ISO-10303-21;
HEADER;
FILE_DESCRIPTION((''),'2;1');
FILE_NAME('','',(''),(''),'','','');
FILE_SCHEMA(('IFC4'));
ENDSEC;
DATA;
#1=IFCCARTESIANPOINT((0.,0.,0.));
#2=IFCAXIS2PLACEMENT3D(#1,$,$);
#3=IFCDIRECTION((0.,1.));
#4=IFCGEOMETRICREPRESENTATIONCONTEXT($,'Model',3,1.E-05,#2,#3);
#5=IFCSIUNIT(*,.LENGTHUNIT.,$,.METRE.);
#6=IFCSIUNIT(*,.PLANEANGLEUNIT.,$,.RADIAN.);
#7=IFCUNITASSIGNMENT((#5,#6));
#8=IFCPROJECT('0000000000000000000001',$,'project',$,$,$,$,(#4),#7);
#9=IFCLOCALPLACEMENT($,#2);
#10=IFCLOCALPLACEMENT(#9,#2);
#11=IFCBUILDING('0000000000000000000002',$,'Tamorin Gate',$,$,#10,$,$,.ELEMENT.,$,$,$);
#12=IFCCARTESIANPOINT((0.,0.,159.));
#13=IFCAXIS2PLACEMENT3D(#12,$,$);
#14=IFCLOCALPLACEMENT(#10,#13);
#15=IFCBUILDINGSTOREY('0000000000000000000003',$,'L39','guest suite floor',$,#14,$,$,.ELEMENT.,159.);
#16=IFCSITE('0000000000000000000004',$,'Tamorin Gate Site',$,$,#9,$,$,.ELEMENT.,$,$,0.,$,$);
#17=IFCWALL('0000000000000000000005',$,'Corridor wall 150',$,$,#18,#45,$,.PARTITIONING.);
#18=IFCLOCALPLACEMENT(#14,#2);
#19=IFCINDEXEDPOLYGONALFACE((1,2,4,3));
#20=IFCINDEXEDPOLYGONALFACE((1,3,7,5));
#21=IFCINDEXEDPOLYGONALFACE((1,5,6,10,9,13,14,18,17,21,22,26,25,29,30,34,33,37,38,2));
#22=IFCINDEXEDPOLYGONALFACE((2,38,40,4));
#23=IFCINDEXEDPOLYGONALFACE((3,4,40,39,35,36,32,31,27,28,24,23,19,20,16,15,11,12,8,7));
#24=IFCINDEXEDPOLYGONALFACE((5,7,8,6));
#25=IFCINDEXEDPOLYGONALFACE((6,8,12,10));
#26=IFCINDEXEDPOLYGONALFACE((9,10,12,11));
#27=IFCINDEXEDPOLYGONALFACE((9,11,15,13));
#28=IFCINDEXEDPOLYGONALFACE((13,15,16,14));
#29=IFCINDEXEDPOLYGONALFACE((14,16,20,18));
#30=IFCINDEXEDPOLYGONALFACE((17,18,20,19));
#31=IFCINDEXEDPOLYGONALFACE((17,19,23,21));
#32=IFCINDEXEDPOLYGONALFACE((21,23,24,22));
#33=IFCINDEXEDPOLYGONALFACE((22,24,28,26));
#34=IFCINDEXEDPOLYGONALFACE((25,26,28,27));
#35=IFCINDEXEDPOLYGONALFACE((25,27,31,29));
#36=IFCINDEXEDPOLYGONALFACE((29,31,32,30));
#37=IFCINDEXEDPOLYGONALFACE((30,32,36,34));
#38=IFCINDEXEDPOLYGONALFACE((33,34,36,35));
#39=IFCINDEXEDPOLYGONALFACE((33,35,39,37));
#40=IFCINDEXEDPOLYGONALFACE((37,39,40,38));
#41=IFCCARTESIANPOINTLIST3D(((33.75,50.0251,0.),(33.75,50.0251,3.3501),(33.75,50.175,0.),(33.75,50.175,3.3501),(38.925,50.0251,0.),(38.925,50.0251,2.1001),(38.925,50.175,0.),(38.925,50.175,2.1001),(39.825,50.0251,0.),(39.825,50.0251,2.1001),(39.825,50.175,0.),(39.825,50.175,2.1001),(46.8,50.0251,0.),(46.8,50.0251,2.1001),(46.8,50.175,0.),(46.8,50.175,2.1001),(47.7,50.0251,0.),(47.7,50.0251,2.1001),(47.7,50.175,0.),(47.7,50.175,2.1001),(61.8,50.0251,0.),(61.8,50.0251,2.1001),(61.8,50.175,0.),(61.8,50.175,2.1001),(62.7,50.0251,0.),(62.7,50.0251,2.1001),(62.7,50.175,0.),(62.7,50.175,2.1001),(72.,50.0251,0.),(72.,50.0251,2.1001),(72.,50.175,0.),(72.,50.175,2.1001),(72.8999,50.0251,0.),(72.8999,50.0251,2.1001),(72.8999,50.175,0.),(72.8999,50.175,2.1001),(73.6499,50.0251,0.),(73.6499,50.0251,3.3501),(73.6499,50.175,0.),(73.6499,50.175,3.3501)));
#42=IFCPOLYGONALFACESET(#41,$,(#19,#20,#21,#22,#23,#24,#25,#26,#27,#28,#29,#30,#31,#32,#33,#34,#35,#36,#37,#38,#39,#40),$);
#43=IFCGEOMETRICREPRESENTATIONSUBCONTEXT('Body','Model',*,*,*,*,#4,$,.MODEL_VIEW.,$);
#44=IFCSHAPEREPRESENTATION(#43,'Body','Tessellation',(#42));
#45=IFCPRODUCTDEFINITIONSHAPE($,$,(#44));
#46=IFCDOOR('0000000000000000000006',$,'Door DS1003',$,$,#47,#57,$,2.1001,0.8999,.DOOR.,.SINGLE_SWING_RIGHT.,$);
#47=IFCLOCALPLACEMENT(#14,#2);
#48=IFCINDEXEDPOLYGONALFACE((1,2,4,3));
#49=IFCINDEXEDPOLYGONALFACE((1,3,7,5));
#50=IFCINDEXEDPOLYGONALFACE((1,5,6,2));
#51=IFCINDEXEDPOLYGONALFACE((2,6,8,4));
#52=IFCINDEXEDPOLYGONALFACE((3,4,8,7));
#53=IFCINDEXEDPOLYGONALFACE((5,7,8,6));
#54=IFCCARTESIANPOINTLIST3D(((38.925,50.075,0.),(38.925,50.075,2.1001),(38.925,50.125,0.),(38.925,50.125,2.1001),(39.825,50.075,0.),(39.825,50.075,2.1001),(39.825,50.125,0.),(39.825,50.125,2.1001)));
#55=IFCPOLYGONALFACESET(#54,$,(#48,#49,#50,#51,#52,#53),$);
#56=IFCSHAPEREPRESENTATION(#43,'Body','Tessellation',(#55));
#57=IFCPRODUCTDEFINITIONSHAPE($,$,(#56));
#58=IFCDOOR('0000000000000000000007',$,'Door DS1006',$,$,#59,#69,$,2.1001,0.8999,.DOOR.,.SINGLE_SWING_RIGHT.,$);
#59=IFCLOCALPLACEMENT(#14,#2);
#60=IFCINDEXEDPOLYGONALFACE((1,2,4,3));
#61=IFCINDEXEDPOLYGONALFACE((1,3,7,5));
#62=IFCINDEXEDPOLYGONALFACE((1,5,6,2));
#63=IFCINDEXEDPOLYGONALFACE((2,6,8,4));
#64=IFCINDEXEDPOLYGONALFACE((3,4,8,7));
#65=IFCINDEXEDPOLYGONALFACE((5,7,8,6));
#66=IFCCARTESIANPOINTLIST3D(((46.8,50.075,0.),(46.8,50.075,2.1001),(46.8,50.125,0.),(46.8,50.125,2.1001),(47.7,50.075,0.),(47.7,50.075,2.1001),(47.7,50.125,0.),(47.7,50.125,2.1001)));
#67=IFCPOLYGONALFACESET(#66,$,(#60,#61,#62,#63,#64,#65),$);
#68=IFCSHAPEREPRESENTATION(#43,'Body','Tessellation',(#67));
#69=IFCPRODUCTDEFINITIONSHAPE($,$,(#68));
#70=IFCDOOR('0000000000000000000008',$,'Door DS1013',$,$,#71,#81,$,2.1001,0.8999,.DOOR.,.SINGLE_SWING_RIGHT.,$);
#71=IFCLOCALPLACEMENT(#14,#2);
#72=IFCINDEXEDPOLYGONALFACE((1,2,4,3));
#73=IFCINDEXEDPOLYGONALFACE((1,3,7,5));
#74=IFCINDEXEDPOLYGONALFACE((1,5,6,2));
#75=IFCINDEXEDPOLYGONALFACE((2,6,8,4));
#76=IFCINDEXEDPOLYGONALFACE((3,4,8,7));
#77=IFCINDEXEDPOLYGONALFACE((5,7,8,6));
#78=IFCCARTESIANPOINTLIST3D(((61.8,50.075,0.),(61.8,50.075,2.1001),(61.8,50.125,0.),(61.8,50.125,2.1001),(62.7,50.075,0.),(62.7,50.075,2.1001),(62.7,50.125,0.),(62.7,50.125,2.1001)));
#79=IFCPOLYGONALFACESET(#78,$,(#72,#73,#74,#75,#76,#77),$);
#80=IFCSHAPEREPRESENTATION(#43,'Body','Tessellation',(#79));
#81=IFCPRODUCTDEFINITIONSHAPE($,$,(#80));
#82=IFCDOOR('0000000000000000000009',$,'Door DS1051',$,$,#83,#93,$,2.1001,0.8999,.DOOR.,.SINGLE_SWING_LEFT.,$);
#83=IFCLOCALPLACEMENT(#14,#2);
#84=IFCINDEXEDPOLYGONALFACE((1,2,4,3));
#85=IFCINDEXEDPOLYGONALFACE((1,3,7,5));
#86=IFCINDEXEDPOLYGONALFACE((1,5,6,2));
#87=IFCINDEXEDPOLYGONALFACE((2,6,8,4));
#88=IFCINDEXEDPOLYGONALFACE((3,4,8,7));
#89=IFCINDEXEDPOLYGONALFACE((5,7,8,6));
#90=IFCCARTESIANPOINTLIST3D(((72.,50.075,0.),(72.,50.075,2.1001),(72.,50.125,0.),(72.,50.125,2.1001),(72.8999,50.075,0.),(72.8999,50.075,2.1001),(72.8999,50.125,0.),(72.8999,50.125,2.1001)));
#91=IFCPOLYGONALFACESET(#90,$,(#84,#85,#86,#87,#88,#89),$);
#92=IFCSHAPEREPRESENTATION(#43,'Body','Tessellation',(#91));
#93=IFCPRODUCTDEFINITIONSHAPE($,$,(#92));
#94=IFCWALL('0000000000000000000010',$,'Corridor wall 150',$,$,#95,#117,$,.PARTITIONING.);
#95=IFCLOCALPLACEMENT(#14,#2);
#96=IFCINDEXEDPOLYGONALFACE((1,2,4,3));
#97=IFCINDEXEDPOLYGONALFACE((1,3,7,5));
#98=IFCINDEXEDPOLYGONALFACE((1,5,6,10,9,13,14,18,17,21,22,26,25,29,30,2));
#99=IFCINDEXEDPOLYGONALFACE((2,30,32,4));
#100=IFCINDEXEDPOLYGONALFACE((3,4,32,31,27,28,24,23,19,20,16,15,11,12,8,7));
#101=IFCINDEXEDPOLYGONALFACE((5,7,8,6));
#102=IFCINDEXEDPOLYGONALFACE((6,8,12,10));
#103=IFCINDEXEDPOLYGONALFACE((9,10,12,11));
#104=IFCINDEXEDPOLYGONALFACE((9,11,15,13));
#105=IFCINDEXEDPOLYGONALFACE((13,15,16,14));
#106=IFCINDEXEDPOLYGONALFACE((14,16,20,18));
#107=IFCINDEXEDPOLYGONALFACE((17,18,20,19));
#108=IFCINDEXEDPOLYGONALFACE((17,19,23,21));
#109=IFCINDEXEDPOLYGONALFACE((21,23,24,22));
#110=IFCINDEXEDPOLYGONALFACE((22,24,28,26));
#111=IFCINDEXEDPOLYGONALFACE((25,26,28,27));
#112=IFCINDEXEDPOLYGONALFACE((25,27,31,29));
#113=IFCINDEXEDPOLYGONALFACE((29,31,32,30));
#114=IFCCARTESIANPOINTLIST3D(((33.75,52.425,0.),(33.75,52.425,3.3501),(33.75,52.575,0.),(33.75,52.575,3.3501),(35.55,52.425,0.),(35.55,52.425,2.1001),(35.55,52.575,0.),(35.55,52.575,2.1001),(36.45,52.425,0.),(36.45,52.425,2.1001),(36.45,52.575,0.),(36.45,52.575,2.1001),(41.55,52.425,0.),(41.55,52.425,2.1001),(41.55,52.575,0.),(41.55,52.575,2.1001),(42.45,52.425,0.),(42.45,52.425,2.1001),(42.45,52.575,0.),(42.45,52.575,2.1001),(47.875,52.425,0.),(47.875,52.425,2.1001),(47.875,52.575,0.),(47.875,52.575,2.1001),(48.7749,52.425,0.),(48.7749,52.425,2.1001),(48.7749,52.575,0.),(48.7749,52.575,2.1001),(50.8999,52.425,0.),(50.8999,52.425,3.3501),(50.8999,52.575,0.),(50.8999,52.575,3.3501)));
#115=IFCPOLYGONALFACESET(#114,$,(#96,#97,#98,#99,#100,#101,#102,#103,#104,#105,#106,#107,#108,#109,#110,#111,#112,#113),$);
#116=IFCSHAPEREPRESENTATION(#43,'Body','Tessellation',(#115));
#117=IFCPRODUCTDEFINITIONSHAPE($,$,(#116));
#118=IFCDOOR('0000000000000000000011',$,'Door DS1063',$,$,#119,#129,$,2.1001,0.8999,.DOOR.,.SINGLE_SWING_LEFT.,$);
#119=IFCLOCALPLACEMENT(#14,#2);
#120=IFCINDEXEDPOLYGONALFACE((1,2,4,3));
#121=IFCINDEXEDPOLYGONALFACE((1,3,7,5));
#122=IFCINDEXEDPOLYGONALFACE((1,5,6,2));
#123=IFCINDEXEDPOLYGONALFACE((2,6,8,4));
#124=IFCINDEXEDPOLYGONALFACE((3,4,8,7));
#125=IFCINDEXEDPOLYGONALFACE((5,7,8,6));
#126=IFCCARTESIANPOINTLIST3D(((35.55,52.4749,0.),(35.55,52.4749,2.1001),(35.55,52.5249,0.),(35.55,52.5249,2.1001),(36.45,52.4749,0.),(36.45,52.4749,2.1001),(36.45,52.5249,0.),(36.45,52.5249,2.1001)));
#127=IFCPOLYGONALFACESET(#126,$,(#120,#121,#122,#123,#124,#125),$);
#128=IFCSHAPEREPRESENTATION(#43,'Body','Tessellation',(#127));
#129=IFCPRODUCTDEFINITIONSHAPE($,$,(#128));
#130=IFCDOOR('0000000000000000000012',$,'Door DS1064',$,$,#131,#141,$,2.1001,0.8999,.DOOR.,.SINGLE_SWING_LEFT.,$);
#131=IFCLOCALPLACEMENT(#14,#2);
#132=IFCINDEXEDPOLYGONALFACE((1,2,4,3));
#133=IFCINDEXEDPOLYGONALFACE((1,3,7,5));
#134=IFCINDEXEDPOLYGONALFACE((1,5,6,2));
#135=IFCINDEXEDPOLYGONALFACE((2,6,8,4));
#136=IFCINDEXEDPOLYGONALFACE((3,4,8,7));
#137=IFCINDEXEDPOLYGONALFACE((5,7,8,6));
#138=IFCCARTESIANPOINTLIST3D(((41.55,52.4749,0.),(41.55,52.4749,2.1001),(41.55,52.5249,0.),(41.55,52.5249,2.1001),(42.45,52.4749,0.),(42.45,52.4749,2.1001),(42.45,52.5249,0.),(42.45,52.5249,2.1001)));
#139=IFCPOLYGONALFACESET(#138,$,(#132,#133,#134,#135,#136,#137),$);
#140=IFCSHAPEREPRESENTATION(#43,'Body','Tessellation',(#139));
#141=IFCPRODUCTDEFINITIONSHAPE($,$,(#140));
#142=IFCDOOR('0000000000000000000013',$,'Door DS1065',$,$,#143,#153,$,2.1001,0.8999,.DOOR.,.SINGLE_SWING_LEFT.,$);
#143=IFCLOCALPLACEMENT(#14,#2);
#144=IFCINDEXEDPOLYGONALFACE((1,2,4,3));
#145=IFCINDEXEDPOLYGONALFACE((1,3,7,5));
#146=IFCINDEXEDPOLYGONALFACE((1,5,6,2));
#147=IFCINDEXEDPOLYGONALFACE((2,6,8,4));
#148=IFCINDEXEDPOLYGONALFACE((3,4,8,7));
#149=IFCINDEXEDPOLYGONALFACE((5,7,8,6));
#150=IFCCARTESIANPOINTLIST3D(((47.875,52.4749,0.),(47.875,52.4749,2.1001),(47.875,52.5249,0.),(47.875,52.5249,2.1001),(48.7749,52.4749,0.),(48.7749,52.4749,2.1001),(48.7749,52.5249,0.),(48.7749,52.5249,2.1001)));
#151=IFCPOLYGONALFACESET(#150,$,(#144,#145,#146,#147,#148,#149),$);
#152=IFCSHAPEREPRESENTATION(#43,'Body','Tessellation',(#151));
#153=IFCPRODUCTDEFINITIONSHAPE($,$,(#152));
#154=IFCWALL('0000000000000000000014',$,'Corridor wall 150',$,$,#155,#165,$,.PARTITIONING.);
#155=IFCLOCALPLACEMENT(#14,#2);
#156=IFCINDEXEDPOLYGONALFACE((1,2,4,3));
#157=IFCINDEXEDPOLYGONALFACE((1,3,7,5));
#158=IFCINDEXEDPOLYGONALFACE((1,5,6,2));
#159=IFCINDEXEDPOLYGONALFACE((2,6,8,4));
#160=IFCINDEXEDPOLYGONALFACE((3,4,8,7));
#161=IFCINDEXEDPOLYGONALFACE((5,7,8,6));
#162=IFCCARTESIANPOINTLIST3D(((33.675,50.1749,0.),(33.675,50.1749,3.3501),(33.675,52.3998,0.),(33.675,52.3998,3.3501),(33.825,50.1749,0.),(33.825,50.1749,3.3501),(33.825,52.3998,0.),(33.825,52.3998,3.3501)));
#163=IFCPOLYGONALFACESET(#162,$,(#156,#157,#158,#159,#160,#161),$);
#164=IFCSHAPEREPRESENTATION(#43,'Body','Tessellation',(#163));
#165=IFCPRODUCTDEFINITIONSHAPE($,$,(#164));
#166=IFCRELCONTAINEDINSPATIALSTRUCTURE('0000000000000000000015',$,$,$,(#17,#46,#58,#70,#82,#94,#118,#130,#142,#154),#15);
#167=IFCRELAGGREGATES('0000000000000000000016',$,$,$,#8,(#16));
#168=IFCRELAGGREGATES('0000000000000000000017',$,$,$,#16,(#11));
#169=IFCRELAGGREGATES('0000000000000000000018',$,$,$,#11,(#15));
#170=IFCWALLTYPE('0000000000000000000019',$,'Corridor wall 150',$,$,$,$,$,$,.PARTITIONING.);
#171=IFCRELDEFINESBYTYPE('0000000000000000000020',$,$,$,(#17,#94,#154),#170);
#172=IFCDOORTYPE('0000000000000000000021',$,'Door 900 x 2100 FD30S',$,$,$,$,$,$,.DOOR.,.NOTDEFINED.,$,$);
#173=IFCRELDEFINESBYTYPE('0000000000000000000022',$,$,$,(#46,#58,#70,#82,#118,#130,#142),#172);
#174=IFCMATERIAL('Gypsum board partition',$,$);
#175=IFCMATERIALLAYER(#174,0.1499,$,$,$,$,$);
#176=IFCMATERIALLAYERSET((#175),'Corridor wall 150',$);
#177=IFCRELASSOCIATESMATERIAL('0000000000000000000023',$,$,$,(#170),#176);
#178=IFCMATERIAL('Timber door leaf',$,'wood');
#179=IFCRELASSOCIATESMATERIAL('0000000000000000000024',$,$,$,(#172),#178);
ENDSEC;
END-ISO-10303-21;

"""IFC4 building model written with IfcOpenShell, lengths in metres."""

from ifc_helpers import new_model, si_unit, direction, frame, frame_2d, origin, place, context, subcontext, project, spatial, rectangle, extrude, material, layer, layer_set, type_object, element, fill, save


model = new_model("IFC4")

# Units and contexts
model_context = context("Model", 3, precision=1e-05, world=origin(), true_north=direction((0.0, 1.0)))
body_context = subcontext(model_context, "Body", "Model", "MODEL_VIEW")
ifc_project = project(units=[si_unit("LENGTHUNIT", "METRE"), si_unit("PLANEANGLEUNIT", "RADIAN")], contexts=[model_context])

# Site, building, storey
site_placement = place(None, origin())
site = spatial("IfcSite", under=ifc_project, at=site_placement, Name="Tamorin Gate Site", CompositionType="ELEMENT", RefElevation=0.0)
building_placement = place(site_placement, origin())
building = spatial("IfcBuilding", under=site, at=building_placement, Name="Tamorin Gate", CompositionType="ELEMENT")
storey_placement = place(building_placement, frame((0.0, 0.0, 159.0)))
storey = spatial("IfcBuildingStorey", under=building, at=storey_placement, Name="L39", Description="guest suite floor", CompositionType="ELEMENT", Elevation=159.0)

# Walls, openings, doors
ifc_material_1 = material(Name="Gypsum board partition")
ifc_layer_1 = layer(ifc_material_1, 0.1499)
ifc_layer_set_1 = layer_set([ifc_layer_1], Name="Corridor wall 150")
wall_type_1 = type_object("IfcWallType", Name="Corridor wall 150", PredefinedType="PARTITIONING", material=ifc_layer_set_1)
wall_1_placement = place(storey_placement, frame((33.75, 50.1001, 0.0), z_axis=(0.0, 0.0, 1.0), x_axis=(1.0, 0.0, 0.0)))
wall_1 = element("IfcWall", 1, at=wall_1_placement, inside=storey, type_object=wall_type_1, Name="Corridor wall 150", PredefinedType="PARTITIONING", context=body_context, shape_type="SweptSolid", body=[
    extrude(rectangle(XDim=39.8999, YDim=0.1499, at=frame_2d((19.95, 0.0))), origin(), (0.0, 0.0, 1.0), 3.3501),
])
opening_1_placement = place(wall_1_placement, frame((5.175, 0.0, 0.0)))
opening_1 = element("IfcOpeningElement", 2, at=opening_1_placement, cuts=wall_1, PredefinedType="OPENING", context=body_context, shape_type="SweptSolid", body=[
    extrude(rectangle(XDim=0.8999, YDim=2.1001, at=frame_2d((0.45, 1.05))), frame((0.0, 0.085, 0.0), z_axis=(0.0, -1.0, 0.0), x_axis=(1.0, 0.0, 0.0)), (0.0, 0.0, 1.0), 0.1699),
])
opening_2_placement = place(wall_1_placement, frame((13.05, 0.0, 0.0)))
opening_2 = element("IfcOpeningElement", 3, at=opening_2_placement, cuts=wall_1, PredefinedType="OPENING", context=body_context, shape_type="SweptSolid", body=[
    extrude(rectangle(XDim=0.8999, YDim=2.1001, at=frame_2d((0.45, 1.05))), frame((0.0, 0.085, 0.0), z_axis=(0.0, -1.0, 0.0), x_axis=(1.0, 0.0, 0.0)), (0.0, 0.0, 1.0), 0.1699),
])
opening_3_placement = place(wall_1_placement, frame((28.05, 0.0, 0.0)))
opening_3 = element("IfcOpeningElement", 4, at=opening_3_placement, cuts=wall_1, PredefinedType="OPENING", context=body_context, shape_type="SweptSolid", body=[
    extrude(rectangle(XDim=0.8999, YDim=2.1001, at=frame_2d((0.45, 1.05))), frame((0.0, 0.085, 0.0), z_axis=(0.0, -1.0, 0.0), x_axis=(1.0, 0.0, 0.0)), (0.0, 0.0, 1.0), 0.1699),
])
opening_4_placement = place(wall_1_placement, frame((38.25, 0.0, 0.0)))
opening_4 = element("IfcOpeningElement", 5, at=opening_4_placement, cuts=wall_1, PredefinedType="OPENING", context=body_context, shape_type="SweptSolid", body=[
    extrude(rectangle(XDim=0.8999, YDim=2.1001, at=frame_2d((0.45, 1.05))), frame((0.0, 0.085, 0.0), z_axis=(0.0, -1.0, 0.0), x_axis=(1.0, 0.0, 0.0)), (0.0, 0.0, 1.0), 0.1699),
])
ifc_material_2 = material(Name="Timber door leaf", Category="wood")
door_type_1 = type_object("IfcDoorType", Name="Door 900 x 2100 FD30S", OperationType="NOTDEFINED", PredefinedType="DOOR", material=ifc_material_2)
door_1_placement = place(opening_1_placement, origin())
door_1 = element("IfcDoor", 6, at=door_1_placement, inside=storey, type_object=door_type_1, Name="Door DS1003", OperationType="SINGLE_SWING_RIGHT", OverallHeight=2.1001, OverallWidth=0.8999, PredefinedType="DOOR", context=body_context, shape_type="SweptSolid", body=[
    extrude(rectangle(XDim=0.8999, YDim=2.1001, at=frame_2d((0.45, 1.05))), frame((0.0, 0.0249, 0.0), z_axis=(0.0, -1.0, 0.0), x_axis=(1.0, 0.0, 0.0)), (0.0, 0.0, 1.0), 0.05),
])
fill(opening_1, door_1)
door_2_placement = place(opening_2_placement, origin())
door_2 = element("IfcDoor", 7, at=door_2_placement, inside=storey, type_object=door_type_1, Name="Door DS1006", OperationType="SINGLE_SWING_RIGHT", OverallHeight=2.1001, OverallWidth=0.8999, PredefinedType="DOOR", context=body_context, shape_type="SweptSolid", body=[
    extrude(rectangle(XDim=0.8999, YDim=2.1001, at=frame_2d((0.45, 1.05))), frame((0.0, 0.0249, 0.0), z_axis=(0.0, -1.0, 0.0), x_axis=(1.0, 0.0, 0.0)), (0.0, 0.0, 1.0), 0.05),
])
fill(opening_2, door_2)
door_3_placement = place(opening_3_placement, origin())
door_3 = element("IfcDoor", 8, at=door_3_placement, inside=storey, type_object=door_type_1, Name="Door DS1013", OperationType="SINGLE_SWING_RIGHT", OverallHeight=2.1001, OverallWidth=0.8999, PredefinedType="DOOR", context=body_context, shape_type="SweptSolid", body=[
    extrude(rectangle(XDim=0.8999, YDim=2.1001, at=frame_2d((0.45, 1.05))), frame((0.0, 0.0249, 0.0), z_axis=(0.0, -1.0, 0.0), x_axis=(1.0, 0.0, 0.0)), (0.0, 0.0, 1.0), 0.05),
])
fill(opening_3, door_3)
door_4_placement = place(opening_4_placement, origin())
door_4 = element("IfcDoor", 9, at=door_4_placement, inside=storey, type_object=door_type_1, Name="Door DS1051", OperationType="SINGLE_SWING_LEFT", OverallHeight=2.1001, OverallWidth=0.8999, PredefinedType="DOOR", context=body_context, shape_type="SweptSolid", body=[
    extrude(rectangle(XDim=0.8999, YDim=2.1001, at=frame_2d((0.45, 1.05))), frame((0.0, 0.0249, 0.0), z_axis=(0.0, -1.0, 0.0), x_axis=(1.0, 0.0, 0.0)), (0.0, 0.0, 1.0), 0.05),
])
fill(opening_4, door_4)
wall_2_placement = place(storey_placement, frame((33.75, 52.5, 0.0), z_axis=(0.0, 0.0, 1.0), x_axis=(1.0, 0.0, 0.0)))
wall_2 = element("IfcWall", 10, at=wall_2_placement, inside=storey, type_object=wall_type_1, Name="Corridor wall 150", PredefinedType="PARTITIONING", context=body_context, shape_type="SweptSolid", body=[
    extrude(rectangle(XDim=17.1499, YDim=0.1499, at=frame_2d((8.575, 0.0))), origin(), (0.0, 0.0, 1.0), 3.3501),
])
opening_5_placement = place(wall_2_placement, frame((1.8, 0.0, 0.0)))
opening_5 = element("IfcOpeningElement", 11, at=opening_5_placement, cuts=wall_2, PredefinedType="OPENING", context=body_context, shape_type="SweptSolid", body=[
    extrude(rectangle(XDim=0.8999, YDim=2.1001, at=frame_2d((0.45, 1.05))), frame((0.0, 0.085, 0.0), z_axis=(0.0, -1.0, 0.0), x_axis=(1.0, 0.0, 0.0)), (0.0, 0.0, 1.0), 0.1699),
])
opening_6_placement = place(wall_2_placement, frame((7.8, 0.0, 0.0)))
opening_6 = element("IfcOpeningElement", 12, at=opening_6_placement, cuts=wall_2, PredefinedType="OPENING", context=body_context, shape_type="SweptSolid", body=[
    extrude(rectangle(XDim=0.8999, YDim=2.1001, at=frame_2d((0.45, 1.05))), frame((0.0, 0.085, 0.0), z_axis=(0.0, -1.0, 0.0), x_axis=(1.0, 0.0, 0.0)), (0.0, 0.0, 1.0), 0.1699),
])
opening_7_placement = place(wall_2_placement, frame((14.125, 0.0, 0.0)))
opening_7 = element("IfcOpeningElement", 13, at=opening_7_placement, cuts=wall_2, PredefinedType="OPENING", context=body_context, shape_type="SweptSolid", body=[
    extrude(rectangle(XDim=0.8999, YDim=2.1001, at=frame_2d((0.45, 1.05))), frame((0.0, 0.085, 0.0), z_axis=(0.0, -1.0, 0.0), x_axis=(1.0, 0.0, 0.0)), (0.0, 0.0, 1.0), 0.1699),
])
door_5_placement = place(opening_5_placement, origin())
door_5 = element("IfcDoor", 14, at=door_5_placement, inside=storey, type_object=door_type_1, Name="Door DS1063", OperationType="SINGLE_SWING_LEFT", OverallHeight=2.1001, OverallWidth=0.8999, PredefinedType="DOOR", context=body_context, shape_type="SweptSolid", body=[
    extrude(rectangle(XDim=0.8999, YDim=2.1001, at=frame_2d((0.45, 1.05))), frame((0.0, 0.0249, 0.0), z_axis=(0.0, -1.0, 0.0), x_axis=(1.0, 0.0, 0.0)), (0.0, 0.0, 1.0), 0.05),
])
fill(opening_5, door_5)
door_6_placement = place(opening_6_placement, origin())
door_6 = element("IfcDoor", 15, at=door_6_placement, inside=storey, type_object=door_type_1, Name="Door DS1064", OperationType="SINGLE_SWING_LEFT", OverallHeight=2.1001, OverallWidth=0.8999, PredefinedType="DOOR", context=body_context, shape_type="SweptSolid", body=[
    extrude(rectangle(XDim=0.8999, YDim=2.1001, at=frame_2d((0.45, 1.05))), frame((0.0, 0.0249, 0.0), z_axis=(0.0, -1.0, 0.0), x_axis=(1.0, 0.0, 0.0)), (0.0, 0.0, 1.0), 0.05),
])
fill(opening_6, door_6)
door_7_placement = place(opening_7_placement, origin())
door_7 = element("IfcDoor", 16, at=door_7_placement, inside=storey, type_object=door_type_1, Name="Door DS1065", OperationType="SINGLE_SWING_LEFT", OverallHeight=2.1001, OverallWidth=0.8999, PredefinedType="DOOR", context=body_context, shape_type="SweptSolid", body=[
    extrude(rectangle(XDim=0.8999, YDim=2.1001, at=frame_2d((0.45, 1.05))), frame((0.0, 0.0249, 0.0), z_axis=(0.0, -1.0, 0.0), x_axis=(1.0, 0.0, 0.0)), (0.0, 0.0, 1.0), 0.05),
])
fill(opening_7, door_7)

# Wall
wall_3_placement = place(storey_placement, frame((33.75, 50.175, 0.0), z_axis=(0.0, 0.0, 1.0), x_axis=(0.0, 1.0, 0.0)))
element("IfcWall", 17, at=wall_3_placement, inside=storey, type_object=wall_type_1, Name="Corridor wall 150", PredefinedType="PARTITIONING", context=body_context, shape_type="SweptSolid", body=[
    extrude(rectangle(XDim=2.2249, YDim=0.1499, at=frame_2d((1.1123, 0.0))), origin(), (0.0, 0.0, 1.0), 3.3501),
])

save(model, "model.ifc")
